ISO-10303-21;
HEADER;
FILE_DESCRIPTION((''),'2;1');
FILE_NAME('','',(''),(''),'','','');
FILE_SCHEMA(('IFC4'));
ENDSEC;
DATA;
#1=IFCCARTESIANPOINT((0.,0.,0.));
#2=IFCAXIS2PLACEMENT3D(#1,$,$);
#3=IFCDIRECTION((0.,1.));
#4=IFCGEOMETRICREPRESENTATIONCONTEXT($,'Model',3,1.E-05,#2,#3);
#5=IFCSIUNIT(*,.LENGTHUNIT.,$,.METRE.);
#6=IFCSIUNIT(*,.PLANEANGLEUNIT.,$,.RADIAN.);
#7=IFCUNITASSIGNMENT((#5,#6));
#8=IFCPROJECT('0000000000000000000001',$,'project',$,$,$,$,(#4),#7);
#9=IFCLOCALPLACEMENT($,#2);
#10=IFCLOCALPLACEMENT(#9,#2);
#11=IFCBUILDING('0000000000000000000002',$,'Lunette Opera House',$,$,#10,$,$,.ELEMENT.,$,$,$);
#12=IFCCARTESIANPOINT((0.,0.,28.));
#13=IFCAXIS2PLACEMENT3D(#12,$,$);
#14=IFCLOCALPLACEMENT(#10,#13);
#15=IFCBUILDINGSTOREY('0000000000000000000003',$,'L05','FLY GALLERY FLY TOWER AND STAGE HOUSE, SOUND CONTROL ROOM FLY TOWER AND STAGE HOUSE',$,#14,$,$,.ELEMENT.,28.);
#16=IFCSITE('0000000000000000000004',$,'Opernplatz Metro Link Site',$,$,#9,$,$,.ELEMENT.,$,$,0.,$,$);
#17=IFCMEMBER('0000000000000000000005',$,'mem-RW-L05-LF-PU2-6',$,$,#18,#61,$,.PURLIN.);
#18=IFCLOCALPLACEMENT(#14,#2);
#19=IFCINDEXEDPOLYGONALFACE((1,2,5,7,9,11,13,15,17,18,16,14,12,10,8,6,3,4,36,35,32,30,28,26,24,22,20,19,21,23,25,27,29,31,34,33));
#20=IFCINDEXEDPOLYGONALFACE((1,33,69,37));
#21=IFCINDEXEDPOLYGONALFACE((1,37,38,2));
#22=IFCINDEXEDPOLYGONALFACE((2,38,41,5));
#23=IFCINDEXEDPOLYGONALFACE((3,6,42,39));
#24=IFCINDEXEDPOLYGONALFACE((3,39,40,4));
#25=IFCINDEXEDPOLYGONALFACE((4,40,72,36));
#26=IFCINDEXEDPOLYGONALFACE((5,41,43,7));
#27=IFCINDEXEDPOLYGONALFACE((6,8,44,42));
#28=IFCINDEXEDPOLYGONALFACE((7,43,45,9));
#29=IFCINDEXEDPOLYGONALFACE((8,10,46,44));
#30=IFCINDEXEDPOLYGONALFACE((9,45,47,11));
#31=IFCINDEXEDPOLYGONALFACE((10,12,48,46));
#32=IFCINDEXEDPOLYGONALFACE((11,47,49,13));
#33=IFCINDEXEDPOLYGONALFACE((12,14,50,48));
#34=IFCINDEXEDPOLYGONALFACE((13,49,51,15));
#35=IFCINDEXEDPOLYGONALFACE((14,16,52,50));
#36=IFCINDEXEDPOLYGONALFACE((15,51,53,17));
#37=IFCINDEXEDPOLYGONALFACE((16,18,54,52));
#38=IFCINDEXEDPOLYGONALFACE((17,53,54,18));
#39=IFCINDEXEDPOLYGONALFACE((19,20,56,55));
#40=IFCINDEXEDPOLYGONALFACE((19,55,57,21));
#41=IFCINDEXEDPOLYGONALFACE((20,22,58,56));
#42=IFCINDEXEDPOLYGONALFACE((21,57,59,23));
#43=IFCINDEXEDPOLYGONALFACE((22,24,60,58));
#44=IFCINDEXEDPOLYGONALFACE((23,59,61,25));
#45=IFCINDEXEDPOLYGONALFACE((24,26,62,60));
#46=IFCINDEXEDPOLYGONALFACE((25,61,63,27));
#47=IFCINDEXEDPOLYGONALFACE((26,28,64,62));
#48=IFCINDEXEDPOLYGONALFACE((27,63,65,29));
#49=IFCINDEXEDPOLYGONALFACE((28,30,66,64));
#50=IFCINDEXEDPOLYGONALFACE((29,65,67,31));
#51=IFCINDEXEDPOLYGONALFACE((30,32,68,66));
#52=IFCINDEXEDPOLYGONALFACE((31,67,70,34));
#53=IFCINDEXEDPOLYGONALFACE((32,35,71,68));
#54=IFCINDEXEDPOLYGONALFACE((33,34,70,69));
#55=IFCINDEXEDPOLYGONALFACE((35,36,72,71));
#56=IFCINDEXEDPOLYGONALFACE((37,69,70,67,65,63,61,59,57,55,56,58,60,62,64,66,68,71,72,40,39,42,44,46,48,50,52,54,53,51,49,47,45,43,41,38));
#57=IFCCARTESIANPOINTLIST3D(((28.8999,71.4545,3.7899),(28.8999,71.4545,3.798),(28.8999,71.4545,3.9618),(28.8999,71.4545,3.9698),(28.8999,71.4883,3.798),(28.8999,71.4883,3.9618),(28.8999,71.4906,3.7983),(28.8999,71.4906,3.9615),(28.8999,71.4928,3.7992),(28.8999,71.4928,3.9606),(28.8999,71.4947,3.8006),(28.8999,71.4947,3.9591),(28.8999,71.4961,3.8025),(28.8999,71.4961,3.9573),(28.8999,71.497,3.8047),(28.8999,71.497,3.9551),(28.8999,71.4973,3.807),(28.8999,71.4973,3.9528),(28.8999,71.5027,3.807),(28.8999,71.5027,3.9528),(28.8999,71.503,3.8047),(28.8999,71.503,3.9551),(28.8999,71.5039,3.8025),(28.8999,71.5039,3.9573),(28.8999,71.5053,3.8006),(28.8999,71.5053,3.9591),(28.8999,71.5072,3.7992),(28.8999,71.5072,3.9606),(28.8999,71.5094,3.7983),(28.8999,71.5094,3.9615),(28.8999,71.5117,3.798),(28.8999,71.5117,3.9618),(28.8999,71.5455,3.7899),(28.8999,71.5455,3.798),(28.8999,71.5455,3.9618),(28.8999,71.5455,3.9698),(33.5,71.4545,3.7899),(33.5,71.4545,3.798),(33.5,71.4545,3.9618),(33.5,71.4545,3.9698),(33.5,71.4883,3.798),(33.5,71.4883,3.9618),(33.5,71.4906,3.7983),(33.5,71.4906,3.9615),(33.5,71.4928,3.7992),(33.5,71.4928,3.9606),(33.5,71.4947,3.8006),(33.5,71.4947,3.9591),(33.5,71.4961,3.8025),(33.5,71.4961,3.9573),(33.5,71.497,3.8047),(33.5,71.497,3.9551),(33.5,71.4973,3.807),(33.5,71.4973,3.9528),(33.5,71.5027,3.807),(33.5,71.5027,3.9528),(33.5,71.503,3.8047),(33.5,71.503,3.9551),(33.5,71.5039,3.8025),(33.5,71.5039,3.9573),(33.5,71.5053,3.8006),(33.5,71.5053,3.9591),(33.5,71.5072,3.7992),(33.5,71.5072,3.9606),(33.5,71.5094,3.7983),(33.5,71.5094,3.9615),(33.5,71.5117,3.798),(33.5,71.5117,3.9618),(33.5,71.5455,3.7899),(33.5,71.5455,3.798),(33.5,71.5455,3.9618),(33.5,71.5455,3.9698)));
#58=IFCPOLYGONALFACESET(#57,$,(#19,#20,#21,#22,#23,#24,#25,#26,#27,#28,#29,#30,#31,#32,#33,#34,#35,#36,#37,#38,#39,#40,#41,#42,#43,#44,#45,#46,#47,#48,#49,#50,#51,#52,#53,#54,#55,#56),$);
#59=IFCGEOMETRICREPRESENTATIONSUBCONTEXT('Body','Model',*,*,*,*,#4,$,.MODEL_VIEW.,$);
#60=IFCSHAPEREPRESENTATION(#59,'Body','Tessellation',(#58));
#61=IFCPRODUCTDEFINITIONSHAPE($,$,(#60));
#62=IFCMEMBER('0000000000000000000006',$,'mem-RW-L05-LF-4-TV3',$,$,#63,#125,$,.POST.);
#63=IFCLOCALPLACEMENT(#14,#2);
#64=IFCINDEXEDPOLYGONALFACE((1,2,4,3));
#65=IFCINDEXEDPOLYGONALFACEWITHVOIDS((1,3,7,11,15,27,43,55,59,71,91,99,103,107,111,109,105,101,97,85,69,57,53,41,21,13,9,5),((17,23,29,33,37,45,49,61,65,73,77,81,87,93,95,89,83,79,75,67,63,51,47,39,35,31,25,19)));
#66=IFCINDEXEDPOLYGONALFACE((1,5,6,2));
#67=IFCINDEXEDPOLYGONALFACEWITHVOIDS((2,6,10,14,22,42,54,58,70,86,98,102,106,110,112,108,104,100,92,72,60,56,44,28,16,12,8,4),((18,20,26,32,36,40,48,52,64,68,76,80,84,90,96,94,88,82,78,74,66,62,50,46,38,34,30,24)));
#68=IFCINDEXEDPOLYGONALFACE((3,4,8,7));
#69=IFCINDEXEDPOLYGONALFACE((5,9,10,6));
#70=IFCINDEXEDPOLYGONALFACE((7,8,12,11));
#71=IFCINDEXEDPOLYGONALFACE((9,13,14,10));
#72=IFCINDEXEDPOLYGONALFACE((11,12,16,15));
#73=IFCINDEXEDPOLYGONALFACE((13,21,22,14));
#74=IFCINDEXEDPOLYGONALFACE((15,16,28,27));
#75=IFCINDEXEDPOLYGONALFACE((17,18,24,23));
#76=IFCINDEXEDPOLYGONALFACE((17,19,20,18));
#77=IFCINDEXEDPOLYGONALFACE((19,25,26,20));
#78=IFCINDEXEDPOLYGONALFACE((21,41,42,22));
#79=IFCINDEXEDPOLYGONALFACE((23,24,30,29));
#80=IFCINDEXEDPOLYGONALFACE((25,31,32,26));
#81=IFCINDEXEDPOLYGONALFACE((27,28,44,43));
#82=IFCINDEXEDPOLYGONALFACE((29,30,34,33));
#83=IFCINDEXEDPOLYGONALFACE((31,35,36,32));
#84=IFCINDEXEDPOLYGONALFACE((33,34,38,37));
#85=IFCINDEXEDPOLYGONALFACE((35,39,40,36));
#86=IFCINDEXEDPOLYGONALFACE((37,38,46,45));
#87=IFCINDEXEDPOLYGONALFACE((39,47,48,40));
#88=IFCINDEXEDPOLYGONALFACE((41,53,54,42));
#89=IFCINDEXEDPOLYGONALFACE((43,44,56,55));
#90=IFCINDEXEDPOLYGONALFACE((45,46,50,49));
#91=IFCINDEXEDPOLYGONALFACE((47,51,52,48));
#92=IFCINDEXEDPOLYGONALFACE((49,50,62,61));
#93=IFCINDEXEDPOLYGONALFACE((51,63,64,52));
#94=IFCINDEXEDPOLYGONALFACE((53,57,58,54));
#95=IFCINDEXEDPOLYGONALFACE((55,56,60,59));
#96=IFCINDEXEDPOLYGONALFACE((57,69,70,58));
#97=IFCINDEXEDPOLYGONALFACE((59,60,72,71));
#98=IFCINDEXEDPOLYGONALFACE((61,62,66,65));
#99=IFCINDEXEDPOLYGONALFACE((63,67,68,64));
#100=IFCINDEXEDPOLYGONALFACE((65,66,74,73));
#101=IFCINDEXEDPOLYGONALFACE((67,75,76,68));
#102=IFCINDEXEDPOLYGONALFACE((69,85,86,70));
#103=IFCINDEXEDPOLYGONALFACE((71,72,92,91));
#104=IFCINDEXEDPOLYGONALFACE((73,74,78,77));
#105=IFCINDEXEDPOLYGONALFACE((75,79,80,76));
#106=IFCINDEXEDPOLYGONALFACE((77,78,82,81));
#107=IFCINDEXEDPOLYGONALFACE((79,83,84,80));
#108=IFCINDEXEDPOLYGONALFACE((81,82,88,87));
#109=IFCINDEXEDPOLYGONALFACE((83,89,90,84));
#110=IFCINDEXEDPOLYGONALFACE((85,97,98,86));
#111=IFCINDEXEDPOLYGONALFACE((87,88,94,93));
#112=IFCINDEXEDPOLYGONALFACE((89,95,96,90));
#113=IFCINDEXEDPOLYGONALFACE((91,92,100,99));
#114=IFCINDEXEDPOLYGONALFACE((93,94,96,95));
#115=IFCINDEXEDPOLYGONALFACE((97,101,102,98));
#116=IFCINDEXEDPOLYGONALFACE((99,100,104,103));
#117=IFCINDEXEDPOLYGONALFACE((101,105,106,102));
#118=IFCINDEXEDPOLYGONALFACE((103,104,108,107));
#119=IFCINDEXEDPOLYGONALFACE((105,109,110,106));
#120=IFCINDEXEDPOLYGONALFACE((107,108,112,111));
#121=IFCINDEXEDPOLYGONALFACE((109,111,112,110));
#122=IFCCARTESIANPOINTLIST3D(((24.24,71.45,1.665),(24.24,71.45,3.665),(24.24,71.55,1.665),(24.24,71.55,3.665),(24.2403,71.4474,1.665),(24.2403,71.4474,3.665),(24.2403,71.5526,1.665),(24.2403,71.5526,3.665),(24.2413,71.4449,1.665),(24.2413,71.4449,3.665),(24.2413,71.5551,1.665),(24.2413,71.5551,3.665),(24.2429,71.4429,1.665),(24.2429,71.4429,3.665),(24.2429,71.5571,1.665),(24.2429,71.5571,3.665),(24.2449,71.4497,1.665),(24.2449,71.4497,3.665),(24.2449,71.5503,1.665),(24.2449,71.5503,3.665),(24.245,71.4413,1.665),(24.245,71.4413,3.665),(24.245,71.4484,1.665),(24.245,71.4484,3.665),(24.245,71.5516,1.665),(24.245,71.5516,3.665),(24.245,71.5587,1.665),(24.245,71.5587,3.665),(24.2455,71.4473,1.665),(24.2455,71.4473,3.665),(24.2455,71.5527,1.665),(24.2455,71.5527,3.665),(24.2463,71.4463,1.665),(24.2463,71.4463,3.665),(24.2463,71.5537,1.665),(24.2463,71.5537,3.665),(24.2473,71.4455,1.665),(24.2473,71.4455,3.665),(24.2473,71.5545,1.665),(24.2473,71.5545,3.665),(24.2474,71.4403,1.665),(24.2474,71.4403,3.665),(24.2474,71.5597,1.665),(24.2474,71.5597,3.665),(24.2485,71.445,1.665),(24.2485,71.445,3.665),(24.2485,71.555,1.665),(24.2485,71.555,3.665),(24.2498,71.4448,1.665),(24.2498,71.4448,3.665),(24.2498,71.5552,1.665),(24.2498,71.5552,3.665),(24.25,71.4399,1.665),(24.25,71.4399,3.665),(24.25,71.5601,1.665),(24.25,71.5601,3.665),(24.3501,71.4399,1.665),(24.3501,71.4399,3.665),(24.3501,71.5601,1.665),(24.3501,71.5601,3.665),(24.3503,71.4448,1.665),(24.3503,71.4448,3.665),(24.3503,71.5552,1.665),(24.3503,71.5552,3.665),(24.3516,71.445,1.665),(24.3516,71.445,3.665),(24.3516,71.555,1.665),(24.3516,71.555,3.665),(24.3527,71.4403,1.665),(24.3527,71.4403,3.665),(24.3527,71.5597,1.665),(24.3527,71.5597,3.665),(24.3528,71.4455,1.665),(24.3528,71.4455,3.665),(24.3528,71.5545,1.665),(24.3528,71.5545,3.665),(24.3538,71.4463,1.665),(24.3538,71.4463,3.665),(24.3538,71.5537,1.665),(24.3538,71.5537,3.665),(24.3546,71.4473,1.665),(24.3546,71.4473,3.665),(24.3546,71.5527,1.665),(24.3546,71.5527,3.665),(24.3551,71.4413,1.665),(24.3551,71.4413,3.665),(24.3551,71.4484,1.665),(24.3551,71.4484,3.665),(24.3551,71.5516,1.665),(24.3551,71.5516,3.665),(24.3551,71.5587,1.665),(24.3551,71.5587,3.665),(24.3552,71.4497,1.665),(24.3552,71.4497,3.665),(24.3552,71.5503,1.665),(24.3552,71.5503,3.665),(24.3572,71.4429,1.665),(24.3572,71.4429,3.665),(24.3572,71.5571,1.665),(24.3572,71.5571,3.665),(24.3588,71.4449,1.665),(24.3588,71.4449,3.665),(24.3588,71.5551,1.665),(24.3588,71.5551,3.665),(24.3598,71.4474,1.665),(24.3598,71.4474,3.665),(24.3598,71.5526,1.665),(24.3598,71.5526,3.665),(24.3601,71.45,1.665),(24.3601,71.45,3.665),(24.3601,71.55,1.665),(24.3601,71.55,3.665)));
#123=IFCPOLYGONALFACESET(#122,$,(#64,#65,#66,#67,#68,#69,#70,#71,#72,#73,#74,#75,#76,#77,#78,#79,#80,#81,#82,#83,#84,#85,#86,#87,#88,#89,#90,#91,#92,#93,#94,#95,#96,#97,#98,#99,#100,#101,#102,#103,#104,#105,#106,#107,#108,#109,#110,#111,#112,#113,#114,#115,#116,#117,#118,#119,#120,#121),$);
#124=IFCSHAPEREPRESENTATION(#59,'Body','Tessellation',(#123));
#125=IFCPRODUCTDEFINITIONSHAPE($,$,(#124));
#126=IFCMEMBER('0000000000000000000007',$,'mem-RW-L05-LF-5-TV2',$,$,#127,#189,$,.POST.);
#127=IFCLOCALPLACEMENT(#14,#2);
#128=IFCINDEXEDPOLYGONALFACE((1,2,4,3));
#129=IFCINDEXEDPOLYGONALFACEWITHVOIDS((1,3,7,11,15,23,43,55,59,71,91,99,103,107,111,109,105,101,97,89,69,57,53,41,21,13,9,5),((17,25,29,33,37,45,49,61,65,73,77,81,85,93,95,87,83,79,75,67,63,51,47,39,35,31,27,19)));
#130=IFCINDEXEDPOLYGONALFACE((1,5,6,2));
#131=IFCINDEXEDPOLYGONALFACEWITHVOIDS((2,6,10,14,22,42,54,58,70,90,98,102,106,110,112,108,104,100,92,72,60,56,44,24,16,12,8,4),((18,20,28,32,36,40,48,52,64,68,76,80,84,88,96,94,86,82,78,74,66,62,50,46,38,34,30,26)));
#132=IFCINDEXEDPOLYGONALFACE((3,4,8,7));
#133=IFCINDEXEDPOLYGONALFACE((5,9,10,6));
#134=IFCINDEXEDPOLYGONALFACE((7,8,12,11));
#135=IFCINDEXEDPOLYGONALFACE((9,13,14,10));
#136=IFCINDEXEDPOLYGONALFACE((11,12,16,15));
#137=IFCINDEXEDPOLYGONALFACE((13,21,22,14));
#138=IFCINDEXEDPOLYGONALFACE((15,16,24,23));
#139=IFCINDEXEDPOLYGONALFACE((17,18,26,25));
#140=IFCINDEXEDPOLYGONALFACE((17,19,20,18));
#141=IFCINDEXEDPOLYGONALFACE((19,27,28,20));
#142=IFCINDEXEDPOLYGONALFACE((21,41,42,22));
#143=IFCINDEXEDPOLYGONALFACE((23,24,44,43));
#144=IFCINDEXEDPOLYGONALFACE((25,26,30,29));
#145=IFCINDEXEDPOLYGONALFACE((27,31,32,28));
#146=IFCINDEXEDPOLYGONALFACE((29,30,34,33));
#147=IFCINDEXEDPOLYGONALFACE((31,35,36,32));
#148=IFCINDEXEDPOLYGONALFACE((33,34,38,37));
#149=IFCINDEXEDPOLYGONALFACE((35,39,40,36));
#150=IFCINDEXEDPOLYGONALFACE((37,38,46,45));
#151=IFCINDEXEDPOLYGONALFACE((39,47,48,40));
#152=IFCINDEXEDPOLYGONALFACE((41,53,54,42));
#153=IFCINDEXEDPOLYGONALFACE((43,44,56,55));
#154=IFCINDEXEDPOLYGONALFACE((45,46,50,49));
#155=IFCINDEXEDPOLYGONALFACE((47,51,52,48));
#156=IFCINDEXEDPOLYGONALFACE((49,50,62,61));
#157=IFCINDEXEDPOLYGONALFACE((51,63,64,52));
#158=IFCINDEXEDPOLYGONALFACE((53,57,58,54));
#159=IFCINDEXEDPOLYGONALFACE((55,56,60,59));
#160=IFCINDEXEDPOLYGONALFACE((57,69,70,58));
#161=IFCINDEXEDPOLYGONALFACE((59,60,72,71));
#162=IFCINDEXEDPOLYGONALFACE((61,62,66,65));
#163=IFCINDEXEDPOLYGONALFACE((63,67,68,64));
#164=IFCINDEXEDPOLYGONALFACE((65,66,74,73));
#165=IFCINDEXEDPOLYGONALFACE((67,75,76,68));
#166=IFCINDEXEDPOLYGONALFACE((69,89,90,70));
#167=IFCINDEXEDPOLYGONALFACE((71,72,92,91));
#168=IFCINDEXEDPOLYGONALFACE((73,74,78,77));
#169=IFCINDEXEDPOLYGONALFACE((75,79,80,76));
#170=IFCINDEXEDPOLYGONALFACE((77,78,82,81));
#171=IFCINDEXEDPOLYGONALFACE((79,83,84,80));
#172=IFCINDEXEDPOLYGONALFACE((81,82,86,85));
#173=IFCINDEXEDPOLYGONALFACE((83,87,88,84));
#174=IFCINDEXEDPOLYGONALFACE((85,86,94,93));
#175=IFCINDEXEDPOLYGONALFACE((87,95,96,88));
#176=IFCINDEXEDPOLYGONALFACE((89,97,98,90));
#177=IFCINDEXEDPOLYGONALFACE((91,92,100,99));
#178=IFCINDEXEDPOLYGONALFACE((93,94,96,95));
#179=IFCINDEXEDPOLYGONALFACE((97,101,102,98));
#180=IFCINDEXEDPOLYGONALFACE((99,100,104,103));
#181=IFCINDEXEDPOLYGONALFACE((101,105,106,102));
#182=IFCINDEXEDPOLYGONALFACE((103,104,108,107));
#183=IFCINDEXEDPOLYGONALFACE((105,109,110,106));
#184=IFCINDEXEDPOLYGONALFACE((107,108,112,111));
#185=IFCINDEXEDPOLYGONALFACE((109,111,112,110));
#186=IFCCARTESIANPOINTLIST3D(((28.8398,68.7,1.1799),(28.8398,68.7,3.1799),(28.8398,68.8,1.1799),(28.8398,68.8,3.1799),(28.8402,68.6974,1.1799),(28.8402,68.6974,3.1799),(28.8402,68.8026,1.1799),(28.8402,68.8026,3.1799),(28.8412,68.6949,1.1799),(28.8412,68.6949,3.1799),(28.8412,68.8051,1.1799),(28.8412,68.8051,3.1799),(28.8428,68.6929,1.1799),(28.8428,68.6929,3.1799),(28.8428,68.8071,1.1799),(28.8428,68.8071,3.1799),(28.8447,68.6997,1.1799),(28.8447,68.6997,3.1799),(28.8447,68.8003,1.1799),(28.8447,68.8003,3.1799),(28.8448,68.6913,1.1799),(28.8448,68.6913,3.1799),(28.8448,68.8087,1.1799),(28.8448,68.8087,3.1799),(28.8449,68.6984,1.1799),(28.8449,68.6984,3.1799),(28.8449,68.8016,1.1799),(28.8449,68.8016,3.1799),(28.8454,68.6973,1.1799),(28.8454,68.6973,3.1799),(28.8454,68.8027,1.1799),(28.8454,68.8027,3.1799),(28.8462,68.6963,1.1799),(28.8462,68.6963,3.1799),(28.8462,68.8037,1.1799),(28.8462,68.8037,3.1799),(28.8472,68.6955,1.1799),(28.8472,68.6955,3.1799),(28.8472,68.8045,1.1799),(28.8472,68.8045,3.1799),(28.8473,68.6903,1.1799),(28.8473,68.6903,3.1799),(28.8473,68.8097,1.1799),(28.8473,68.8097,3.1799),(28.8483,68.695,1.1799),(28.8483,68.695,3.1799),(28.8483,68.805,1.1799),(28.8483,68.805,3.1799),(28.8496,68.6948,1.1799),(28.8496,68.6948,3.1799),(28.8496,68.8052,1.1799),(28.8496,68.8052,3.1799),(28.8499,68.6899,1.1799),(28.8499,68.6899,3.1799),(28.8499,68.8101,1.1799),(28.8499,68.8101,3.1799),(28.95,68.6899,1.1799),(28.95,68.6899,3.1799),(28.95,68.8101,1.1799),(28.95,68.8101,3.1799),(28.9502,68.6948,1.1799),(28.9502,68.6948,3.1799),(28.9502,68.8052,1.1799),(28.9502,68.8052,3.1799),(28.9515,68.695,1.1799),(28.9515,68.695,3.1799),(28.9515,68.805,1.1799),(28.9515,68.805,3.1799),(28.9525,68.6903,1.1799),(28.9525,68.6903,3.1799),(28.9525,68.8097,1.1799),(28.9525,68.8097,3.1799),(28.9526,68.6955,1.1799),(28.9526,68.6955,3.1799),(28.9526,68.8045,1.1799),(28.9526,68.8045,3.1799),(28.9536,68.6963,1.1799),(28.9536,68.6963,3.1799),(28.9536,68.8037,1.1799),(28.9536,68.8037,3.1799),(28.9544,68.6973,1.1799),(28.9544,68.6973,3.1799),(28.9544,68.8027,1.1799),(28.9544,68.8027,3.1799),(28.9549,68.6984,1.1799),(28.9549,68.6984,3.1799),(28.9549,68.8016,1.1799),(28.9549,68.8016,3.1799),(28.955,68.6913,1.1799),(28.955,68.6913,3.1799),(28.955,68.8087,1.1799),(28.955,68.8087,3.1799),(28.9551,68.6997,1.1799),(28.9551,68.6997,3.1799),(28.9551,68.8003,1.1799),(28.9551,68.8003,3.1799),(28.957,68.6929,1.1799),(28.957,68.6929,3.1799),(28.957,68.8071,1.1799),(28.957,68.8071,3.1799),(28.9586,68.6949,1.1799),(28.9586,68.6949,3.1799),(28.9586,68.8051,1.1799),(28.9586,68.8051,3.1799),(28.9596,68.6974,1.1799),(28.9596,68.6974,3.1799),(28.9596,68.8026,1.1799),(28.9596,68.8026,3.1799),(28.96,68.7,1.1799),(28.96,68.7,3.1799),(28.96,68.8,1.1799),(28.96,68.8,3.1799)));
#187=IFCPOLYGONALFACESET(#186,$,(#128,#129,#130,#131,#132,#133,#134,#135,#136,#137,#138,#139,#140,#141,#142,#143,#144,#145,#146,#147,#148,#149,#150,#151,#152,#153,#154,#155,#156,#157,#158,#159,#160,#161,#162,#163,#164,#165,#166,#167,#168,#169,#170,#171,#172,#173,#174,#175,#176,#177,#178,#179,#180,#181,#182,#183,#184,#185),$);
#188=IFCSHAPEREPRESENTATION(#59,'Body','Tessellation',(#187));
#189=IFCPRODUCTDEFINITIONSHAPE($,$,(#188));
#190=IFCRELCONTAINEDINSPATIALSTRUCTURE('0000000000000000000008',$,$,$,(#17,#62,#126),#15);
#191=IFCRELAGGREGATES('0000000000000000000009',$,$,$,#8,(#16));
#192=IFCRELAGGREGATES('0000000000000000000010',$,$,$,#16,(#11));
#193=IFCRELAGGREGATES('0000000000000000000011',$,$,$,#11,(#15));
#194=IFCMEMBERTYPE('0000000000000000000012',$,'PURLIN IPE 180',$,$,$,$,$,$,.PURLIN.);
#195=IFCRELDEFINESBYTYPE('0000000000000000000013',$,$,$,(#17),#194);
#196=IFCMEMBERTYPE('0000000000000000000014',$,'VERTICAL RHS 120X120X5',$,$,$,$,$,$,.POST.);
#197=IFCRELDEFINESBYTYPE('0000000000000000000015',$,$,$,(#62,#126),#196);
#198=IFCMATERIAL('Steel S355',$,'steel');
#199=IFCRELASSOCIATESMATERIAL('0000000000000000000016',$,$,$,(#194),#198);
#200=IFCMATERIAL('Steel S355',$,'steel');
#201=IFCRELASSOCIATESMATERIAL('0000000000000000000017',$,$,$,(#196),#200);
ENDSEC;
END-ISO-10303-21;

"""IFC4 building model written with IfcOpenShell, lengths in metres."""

from ifc_helpers import new_model, si_unit, direction, frame, origin, origin_2d, place, context, subcontext, project, spatial, hollow_rectangle, i_section, extrude, material, material_profile, profile_set, type_object, element, save


model = new_model("IFC4")

# Units and contexts
model_context = context("Model", 3, precision=1e-05, world=origin(), true_north=direction((0.0, 1.0)))
body_context = subcontext(model_context, "Body", "Model", "MODEL_VIEW")
ifc_project = project(units=[si_unit("LENGTHUNIT", "METRE"), si_unit("PLANEANGLEUNIT", "RADIAN")], contexts=[model_context])

# Site, building, storey
site_placement = place(None, origin())
site = spatial("IfcSite", under=ifc_project, at=site_placement, Name="Opernplatz Metro Link Site", CompositionType="ELEMENT", RefElevation=0.0)
building_placement = place(site_placement, origin())
building = spatial("IfcBuilding", under=site, at=building_placement, Name="Lunette Opera House", CompositionType="ELEMENT")
storey_placement = place(building_placement, frame((0.0, 0.0, 28.0)))
storey = spatial("IfcBuildingStorey", under=building, at=storey_placement, Name="L05", Description="FLY GALLERY FLY TOWER AND STAGE HOUSE, SOUND CONTROL ROOM FLY TOWER AND STAGE HOUSE", CompositionType="ELEMENT", Elevation=28.0)

# Members
ifc_material_1 = material(Name="Steel S355", Category="steel")
ifc_material_profile_1 = material_profile(ifc_material_1, i_section(OverallWidth=0.0911, OverallDepth=0.1799, WebThickness=0.0054, FlangeThickness=0.0081, FilletRadius=0.009, at=origin_2d()), Name="IPE 180")
ifc_profile_set_1 = profile_set([ifc_material_profile_1], Name="Steel S355")
member_type_1 = type_object("IfcMemberType", Name="PURLIN IPE 180", PredefinedType="PURLIN", material=ifc_profile_set_1)
member_1_placement = place(storey_placement, frame((28.8999, 71.5, 3.8799), z_axis=(1.0, 0.0, 0.0), x_axis=(0.0, 1.0, 0.0)))
element("IfcMember", 1, at=member_1_placement, inside=storey, type_object=member_type_1, Name="mem-RW-L05-LF-PU2-6", PredefinedType="PURLIN", context=body_context, shape_type="SweptSolid", body=[
    extrude(i_section(OverallWidth=0.0911, OverallDepth=0.1799, WebThickness=0.0054, FlangeThickness=0.0081, FilletRadius=0.009, at=origin_2d()), origin(), (0.0, 0.0, 1.0), 4.6001),
])
ifc_material_2 = material(Name="Steel S355", Category="steel")
ifc_material_profile_2 = material_profile(ifc_material_2, hollow_rectangle(XDim=0.1201, YDim=0.1201, WallThickness=0.0049, InnerFilletRadius=0.0049, OuterFilletRadius=0.01, at=origin_2d()), Name="RHS 120X120X5")
ifc_profile_set_2 = profile_set([ifc_material_profile_2], Name="Steel S355")
member_type_2 = type_object("IfcMemberType", Name="VERTICAL RHS 120X120X5", PredefinedType="POST", material=ifc_profile_set_2)
for number, where, z_axis, x_axis, name in (
    (2, (24.3, 71.5, 1.665), (0.0, 0.0, 1.0), (1.0, 0.0, 0.0), "mem-RW-L05-LF-4-TV3"),
    (3, (28.8999, 68.75, 1.1799), (0.0, 0.0, 1.0), (1.0, 0.0, 0.0), "mem-RW-L05-LF-5-TV2"),
):
    element("IfcMember", number, at=place(storey_placement, frame(where, z_axis=z_axis, x_axis=x_axis)), inside=storey, type_object=member_type_2, Name=name, PredefinedType="POST", context=body_context, shape_type="SweptSolid", body=[
        extrude(hollow_rectangle(XDim=0.1201, YDim=0.1201, WallThickness=0.0049, InnerFilletRadius=0.0049, OuterFilletRadius=0.01, at=origin_2d()), origin(), (0.0, 0.0, 1.0), 2.0),
    ])

save(model, "model.ifc")
